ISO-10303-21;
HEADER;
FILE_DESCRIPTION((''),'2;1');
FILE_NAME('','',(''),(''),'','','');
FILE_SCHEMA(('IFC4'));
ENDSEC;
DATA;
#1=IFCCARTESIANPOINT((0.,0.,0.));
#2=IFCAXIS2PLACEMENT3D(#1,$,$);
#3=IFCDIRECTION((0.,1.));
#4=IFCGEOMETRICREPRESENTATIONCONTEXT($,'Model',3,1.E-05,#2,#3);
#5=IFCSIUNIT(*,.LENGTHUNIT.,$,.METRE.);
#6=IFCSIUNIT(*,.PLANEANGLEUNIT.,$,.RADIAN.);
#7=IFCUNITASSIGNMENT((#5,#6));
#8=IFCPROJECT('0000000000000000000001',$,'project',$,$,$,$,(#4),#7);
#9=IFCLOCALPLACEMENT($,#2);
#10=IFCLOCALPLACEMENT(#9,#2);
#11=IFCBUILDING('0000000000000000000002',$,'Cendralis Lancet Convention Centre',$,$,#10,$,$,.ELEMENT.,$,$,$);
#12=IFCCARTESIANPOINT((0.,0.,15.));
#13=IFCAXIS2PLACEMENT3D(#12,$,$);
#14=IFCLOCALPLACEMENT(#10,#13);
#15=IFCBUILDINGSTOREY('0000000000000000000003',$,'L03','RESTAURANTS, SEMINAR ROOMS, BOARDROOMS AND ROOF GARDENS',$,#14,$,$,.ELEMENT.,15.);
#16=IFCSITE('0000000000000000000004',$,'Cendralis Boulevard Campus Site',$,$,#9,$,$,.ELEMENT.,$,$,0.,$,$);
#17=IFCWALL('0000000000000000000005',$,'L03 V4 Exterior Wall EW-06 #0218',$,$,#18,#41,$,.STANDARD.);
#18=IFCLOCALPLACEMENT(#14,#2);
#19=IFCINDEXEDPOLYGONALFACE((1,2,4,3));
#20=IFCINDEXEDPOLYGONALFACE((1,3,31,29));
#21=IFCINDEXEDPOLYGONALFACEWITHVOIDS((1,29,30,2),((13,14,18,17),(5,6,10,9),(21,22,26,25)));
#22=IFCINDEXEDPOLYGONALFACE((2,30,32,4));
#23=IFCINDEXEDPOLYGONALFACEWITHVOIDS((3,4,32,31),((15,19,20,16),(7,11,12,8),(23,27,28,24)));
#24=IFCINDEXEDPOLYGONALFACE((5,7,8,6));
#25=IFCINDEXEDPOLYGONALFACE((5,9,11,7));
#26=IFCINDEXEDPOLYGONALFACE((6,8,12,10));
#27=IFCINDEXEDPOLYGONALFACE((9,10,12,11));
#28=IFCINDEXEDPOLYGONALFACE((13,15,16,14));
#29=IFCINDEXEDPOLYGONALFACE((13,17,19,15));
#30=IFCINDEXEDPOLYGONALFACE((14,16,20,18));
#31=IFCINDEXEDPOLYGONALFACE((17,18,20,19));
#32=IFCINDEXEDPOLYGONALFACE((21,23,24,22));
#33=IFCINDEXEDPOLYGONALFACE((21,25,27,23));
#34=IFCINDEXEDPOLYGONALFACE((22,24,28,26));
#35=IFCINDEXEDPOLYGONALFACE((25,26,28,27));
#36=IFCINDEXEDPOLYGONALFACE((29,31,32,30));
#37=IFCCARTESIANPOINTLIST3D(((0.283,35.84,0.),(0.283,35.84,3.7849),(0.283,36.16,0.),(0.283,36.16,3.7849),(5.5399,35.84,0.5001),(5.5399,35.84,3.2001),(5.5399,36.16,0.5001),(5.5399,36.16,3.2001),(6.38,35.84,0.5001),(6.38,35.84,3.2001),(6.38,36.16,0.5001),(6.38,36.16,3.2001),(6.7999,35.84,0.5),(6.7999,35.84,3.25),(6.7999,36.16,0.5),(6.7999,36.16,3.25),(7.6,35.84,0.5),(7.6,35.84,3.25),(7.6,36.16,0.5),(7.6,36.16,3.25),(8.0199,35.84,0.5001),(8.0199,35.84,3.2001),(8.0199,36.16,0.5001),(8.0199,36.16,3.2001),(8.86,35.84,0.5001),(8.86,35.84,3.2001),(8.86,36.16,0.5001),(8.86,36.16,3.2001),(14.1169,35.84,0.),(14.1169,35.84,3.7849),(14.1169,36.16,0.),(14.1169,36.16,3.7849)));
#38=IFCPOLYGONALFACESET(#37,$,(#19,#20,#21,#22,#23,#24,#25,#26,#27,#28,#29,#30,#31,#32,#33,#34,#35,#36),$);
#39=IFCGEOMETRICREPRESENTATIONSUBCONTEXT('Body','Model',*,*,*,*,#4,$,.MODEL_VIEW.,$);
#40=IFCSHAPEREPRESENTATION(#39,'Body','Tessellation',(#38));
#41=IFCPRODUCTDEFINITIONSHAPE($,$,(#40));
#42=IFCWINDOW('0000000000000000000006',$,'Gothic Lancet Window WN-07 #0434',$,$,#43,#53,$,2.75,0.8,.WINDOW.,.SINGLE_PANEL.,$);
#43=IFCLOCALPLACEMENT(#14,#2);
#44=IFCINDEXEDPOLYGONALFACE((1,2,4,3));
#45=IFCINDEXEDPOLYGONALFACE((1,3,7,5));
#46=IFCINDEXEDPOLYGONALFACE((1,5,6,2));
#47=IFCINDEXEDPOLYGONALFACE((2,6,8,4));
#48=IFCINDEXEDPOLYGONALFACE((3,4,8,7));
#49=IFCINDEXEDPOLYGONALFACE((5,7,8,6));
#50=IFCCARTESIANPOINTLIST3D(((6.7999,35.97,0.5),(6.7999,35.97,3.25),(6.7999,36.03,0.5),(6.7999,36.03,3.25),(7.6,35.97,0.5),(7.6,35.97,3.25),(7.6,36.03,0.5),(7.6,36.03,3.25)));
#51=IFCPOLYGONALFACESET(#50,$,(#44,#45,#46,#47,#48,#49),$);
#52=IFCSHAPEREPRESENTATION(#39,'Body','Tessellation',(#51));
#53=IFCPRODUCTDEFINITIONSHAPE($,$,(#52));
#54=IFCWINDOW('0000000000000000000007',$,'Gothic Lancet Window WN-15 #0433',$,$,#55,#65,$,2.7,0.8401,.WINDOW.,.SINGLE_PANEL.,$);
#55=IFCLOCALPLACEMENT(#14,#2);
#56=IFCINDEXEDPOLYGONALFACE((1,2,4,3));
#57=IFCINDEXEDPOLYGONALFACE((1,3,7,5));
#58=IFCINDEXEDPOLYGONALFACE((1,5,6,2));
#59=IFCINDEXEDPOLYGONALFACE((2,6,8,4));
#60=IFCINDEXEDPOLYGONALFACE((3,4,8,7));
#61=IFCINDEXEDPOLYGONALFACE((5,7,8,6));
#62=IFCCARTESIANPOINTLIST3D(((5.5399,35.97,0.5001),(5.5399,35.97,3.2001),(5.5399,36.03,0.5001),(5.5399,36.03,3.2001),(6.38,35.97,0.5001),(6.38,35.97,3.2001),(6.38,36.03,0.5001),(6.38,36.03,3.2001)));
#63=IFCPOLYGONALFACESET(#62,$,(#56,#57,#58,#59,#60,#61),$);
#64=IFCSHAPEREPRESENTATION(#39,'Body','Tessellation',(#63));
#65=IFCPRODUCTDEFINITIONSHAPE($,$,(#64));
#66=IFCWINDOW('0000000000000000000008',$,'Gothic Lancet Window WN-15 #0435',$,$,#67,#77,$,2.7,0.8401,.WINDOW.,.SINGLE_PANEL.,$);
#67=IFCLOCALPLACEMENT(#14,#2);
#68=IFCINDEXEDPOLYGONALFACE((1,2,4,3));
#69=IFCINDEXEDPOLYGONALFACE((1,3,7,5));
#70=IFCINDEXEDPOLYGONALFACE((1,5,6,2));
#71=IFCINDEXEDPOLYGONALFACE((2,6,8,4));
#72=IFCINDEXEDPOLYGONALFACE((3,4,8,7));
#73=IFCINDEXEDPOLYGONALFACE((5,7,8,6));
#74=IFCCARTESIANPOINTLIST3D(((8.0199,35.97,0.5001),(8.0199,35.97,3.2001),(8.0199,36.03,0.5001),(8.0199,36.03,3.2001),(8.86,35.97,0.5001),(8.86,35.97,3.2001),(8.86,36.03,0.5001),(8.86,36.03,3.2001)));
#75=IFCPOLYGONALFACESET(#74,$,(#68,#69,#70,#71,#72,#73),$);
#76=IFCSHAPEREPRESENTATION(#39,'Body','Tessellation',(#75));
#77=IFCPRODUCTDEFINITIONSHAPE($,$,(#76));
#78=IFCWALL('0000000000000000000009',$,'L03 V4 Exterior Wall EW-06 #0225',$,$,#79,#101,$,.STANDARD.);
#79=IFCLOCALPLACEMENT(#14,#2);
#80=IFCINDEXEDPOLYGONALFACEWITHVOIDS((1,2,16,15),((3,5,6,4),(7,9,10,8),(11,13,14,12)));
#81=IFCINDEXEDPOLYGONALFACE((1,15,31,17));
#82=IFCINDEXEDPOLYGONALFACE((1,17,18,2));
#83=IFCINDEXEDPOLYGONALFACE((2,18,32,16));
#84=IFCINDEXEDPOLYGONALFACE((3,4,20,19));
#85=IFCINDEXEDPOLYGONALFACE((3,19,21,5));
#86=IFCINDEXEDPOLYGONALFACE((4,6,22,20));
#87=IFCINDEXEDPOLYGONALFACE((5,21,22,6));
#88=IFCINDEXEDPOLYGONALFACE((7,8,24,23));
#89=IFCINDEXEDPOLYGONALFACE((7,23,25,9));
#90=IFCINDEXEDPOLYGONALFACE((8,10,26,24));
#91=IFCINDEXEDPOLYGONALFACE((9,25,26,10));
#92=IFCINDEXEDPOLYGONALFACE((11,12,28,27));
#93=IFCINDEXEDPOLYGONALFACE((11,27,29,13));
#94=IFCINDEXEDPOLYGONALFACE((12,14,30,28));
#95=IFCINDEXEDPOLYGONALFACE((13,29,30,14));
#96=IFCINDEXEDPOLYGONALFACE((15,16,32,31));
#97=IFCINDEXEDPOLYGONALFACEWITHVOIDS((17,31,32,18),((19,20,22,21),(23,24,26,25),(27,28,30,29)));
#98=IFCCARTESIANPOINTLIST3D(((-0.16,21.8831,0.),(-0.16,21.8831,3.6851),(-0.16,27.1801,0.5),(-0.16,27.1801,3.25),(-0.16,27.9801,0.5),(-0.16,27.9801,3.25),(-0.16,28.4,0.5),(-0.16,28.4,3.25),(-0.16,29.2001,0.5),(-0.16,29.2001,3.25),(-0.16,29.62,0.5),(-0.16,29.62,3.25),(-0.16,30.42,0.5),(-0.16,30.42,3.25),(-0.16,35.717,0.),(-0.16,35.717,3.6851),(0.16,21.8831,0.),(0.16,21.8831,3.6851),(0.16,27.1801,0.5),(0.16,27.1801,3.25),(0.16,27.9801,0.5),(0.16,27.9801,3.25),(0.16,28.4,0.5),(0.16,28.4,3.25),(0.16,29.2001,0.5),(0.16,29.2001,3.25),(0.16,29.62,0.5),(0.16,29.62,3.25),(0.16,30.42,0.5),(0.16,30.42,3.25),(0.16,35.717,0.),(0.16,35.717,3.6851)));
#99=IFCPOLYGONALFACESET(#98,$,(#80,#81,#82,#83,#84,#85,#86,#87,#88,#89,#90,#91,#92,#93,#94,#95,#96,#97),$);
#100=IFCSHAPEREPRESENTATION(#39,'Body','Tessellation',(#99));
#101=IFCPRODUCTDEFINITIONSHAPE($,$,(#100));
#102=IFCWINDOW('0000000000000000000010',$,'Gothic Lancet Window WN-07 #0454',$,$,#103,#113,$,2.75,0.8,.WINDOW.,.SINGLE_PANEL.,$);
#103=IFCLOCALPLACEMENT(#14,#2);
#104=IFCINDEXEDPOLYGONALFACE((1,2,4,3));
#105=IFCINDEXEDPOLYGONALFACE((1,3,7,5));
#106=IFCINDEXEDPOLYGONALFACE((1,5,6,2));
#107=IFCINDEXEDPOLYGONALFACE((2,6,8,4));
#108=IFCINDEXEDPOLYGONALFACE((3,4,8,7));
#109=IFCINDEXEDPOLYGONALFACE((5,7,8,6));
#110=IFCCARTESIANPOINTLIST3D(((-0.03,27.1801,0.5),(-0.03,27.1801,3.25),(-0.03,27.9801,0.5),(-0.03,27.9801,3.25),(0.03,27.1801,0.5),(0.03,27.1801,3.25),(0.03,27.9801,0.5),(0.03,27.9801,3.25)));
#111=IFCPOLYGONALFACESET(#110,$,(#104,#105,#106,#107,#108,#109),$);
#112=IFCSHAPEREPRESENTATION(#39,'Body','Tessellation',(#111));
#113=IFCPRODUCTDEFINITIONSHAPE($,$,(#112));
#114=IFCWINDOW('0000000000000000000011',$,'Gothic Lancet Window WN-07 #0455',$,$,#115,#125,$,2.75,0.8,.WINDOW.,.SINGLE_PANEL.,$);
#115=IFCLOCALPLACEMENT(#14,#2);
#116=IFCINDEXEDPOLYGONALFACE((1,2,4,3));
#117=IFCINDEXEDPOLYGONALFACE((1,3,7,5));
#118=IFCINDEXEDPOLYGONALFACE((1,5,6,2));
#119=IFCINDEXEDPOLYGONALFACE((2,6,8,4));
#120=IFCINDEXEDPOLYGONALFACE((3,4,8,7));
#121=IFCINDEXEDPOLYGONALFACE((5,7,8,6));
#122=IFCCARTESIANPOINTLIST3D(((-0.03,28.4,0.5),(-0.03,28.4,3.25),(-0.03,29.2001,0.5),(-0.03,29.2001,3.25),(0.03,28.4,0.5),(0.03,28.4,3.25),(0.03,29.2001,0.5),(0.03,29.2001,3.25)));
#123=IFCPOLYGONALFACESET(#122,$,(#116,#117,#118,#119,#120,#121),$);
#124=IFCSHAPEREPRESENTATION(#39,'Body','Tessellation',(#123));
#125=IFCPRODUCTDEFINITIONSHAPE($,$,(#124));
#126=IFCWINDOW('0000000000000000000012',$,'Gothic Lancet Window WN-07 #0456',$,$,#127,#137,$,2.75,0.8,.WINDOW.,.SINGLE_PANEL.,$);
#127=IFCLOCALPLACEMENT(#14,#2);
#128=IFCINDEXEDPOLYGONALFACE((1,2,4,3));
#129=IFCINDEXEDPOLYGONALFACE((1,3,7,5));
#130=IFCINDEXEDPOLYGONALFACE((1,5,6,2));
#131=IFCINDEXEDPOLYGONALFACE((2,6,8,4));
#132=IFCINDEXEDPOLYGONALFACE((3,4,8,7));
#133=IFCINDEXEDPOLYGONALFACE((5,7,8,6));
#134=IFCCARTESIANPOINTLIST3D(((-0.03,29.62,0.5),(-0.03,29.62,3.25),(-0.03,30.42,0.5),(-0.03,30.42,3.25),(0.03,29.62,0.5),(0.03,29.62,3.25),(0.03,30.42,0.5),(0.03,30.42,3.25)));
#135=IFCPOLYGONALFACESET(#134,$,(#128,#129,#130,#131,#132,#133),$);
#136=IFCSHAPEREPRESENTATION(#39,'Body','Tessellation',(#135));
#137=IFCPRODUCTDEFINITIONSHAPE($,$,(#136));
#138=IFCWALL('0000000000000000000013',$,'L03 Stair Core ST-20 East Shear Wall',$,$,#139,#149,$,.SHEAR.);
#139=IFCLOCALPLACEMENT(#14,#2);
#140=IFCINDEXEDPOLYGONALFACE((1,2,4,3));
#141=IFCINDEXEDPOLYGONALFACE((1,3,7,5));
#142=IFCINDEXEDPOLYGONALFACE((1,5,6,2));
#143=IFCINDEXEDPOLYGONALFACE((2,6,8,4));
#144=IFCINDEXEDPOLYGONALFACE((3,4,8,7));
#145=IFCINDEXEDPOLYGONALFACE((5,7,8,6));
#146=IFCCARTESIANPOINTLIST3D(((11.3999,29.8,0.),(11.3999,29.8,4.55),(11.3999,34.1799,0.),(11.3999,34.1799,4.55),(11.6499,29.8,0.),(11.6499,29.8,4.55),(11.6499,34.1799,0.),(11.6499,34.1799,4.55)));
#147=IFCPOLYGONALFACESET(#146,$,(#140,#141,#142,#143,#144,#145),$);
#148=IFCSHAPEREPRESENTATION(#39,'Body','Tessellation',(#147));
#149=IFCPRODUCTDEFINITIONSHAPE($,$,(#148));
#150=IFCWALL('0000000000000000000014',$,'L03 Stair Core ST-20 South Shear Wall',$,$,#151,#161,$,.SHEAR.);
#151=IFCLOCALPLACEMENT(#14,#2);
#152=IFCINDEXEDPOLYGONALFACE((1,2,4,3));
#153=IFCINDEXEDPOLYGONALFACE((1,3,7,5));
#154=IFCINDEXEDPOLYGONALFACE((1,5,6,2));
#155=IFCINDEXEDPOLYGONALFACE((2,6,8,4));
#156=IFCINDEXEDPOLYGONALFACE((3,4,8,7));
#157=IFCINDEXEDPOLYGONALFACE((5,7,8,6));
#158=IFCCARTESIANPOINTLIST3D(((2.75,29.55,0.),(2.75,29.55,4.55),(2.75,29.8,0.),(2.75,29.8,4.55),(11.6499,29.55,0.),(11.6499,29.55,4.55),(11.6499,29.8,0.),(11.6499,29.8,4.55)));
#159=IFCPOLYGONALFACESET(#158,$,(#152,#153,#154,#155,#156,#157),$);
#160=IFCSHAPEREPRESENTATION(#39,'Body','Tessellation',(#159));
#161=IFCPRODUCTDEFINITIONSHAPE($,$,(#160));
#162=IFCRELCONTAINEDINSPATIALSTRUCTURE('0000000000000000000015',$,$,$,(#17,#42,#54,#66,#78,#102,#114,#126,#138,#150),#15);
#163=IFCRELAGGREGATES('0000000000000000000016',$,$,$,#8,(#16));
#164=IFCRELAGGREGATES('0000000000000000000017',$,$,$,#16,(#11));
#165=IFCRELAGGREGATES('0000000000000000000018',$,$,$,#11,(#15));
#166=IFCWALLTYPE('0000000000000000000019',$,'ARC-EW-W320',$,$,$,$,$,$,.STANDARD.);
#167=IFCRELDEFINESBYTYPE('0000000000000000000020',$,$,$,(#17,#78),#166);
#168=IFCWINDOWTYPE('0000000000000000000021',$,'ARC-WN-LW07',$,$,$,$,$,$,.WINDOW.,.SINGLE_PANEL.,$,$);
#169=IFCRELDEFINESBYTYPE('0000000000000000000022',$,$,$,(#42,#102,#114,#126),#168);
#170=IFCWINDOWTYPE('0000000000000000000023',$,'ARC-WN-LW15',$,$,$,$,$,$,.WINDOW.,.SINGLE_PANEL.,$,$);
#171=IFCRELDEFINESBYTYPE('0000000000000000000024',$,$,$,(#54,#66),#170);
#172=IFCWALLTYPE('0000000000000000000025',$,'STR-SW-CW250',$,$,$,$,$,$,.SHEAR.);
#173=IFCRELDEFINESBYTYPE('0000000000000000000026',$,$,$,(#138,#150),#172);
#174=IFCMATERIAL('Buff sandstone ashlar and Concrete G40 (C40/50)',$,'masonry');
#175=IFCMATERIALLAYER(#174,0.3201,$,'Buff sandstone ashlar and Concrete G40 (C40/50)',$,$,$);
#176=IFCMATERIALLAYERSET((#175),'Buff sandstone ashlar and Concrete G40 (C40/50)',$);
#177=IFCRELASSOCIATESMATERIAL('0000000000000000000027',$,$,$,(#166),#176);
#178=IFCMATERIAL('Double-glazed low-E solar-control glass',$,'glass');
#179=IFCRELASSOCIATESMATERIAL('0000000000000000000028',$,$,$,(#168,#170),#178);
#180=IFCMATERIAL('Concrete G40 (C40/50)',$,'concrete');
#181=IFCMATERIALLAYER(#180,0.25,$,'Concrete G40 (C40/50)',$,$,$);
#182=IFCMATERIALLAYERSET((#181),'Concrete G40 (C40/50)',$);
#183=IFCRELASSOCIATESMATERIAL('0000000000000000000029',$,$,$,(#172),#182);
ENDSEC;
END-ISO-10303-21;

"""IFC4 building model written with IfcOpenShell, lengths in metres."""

from ifc_helpers import new_model, si_unit, direction, frame, frame_2d, origin, place, context, subcontext, project, spatial, rectangle, extrude, material, layer, layer_set, type_object, element, fill, save


model = new_model("IFC4")

# Units and contexts
model_context = context("Model", 3, precision=1e-05, world=origin(), true_north=direction((0.0, 1.0)))
body_context = subcontext(model_context, "Body", "Model", "MODEL_VIEW")
ifc_project = project(units=[si_unit("LENGTHUNIT", "METRE"), si_unit("PLANEANGLEUNIT", "RADIAN")], contexts=[model_context])

# Site, building, storey
site_placement = place(None, origin())
site = spatial("IfcSite", under=ifc_project, at=site_placement, Name="Cendralis Boulevard Campus Site", CompositionType="ELEMENT", RefElevation=0.0)
building_placement = place(site_placement, origin())
building = spatial("IfcBuilding", under=site, at=building_placement, Name="Cendralis Lancet Convention Centre", CompositionType="ELEMENT")
storey_placement = place(building_placement, frame((0.0, 0.0, 15.0)))
storey = spatial("IfcBuildingStorey", under=building, at=storey_placement, Name="L03", Description="RESTAURANTS, SEMINAR ROOMS, BOARDROOMS AND ROOF GARDENS", CompositionType="ELEMENT", Elevation=15.0)

# Shared definitions
ifc_material_1 = material(Name="Concrete G40 (C40/50)", Category="concrete")

# Walls, openings, windows
ifc_material_2 = material(Name="Buff sandstone ashlar and Concrete G40 (C40/50)", Category="masonry")
ifc_layer_1 = layer(ifc_material_2, 0.3201, Name="Buff sandstone ashlar and Concrete G40 (C40/50)")
ifc_layer_set_1 = layer_set([ifc_layer_1], Name="Buff sandstone ashlar and Concrete G40 (C40/50)")
wall_type_1 = type_object("IfcWallType", Name="ARC-EW-W320", PredefinedType="STANDARD", material=ifc_layer_set_1)
wall_1_placement = place(storey_placement, frame((0.283, 36.0, 0.0), z_axis=(0.0, 0.0, 1.0), x_axis=(1.0, 0.0, 0.0)))
wall_1 = element("IfcWall", 1, at=wall_1_placement, inside=storey, type_object=wall_type_1, Name="L03 V4 Exterior Wall EW-06 #0218", PredefinedType="STANDARD", context=body_context, shape_type="SweptSolid", body=[
    extrude(rectangle(XDim=13.834, YDim=0.3201, at=frame_2d((6.917, 0.0))), origin(), (0.0, 0.0, 1.0), 3.7849),
])
opening_1_placement = place(wall_1_placement, frame((5.2571, 0.0, 0.5)))
opening_1 = element("IfcOpeningElement", 2, at=opening_1_placement, cuts=wall_1, PredefinedType="OPENING", context=body_context, shape_type="SweptSolid", body=[
    extrude(rectangle(XDim=0.8401, YDim=2.7, at=frame_2d((0.4199, 1.3501))), frame((0.0, 0.1699, 0.0), z_axis=(0.0, -1.0, 0.0), x_axis=(1.0, 0.0, 0.0)), (0.0, 0.0, 1.0), 0.3401),
])
opening_2_placement = place(wall_1_placement, frame((6.5171, 0.0, 0.5)))
opening_2 = element("IfcOpeningElement", 3, at=opening_2_placement, cuts=wall_1, PredefinedType="OPENING", context=body_context, shape_type="SweptSolid", body=[
    extrude(rectangle(XDim=0.8, YDim=2.75, at=frame_2d((0.3999, 1.375))), frame((0.0, 0.1699, 0.0), z_axis=(0.0, -1.0, 0.0), x_axis=(1.0, 0.0, 0.0)), (0.0, 0.0, 1.0), 0.3401),
])
opening_3_placement = place(wall_1_placement, frame((7.7371, 0.0, 0.5)))
opening_3 = element("IfcOpeningElement", 4, at=opening_3_placement, cuts=wall_1, PredefinedType="OPENING", context=body_context, shape_type="SweptSolid", body=[
    extrude(rectangle(XDim=0.8401, YDim=2.7, at=frame_2d((0.4199, 1.3501))), frame((0.0, 0.1699, 0.0), z_axis=(0.0, -1.0, 0.0), x_axis=(1.0, 0.0, 0.0)), (0.0, 0.0, 1.0), 0.3401),
])
ifc_material_3 = material(Name="Double-glazed low-E solar-control glass", Category="glass")
window_type_1 = type_object("IfcWindowType", Name="ARC-WN-LW07", PartitioningType="SINGLE_PANEL", PredefinedType="WINDOW", material=ifc_material_3)
window_1_placement = place(opening_2_placement, origin())
window_1 = element("IfcWindow", 5, at=window_1_placement, inside=storey, type_object=window_type_1, Name="Gothic Lancet Window WN-07 #0434", OverallHeight=2.75, OverallWidth=0.8, PartitioningType="SINGLE_PANEL", PredefinedType="WINDOW", context=body_context, shape_type="SweptSolid", body=[
    extrude(rectangle(XDim=0.8, YDim=2.75, at=frame_2d((0.3999, 1.375))), frame((0.0, 0.03, 0.0), z_axis=(0.0, -1.0, 0.0), x_axis=(1.0, 0.0, 0.0)), (0.0, 0.0, 1.0), 0.0601),
])
fill(opening_2, window_1)
window_type_2 = type_object("IfcWindowType", Name="ARC-WN-LW15", PartitioningType="SINGLE_PANEL", PredefinedType="WINDOW", material=ifc_material_3)
window_2_placement = place(opening_1_placement, origin())
window_2 = element("IfcWindow", 6, at=window_2_placement, inside=storey, type_object=window_type_2, Name="Gothic Lancet Window WN-15 #0433", OverallHeight=2.7, OverallWidth=0.8401, PartitioningType="SINGLE_PANEL", PredefinedType="WINDOW", context=body_context, shape_type="SweptSolid", body=[
    extrude(rectangle(XDim=0.8401, YDim=2.7, at=frame_2d((0.4199, 1.3501))), frame((0.0, 0.03, 0.0), z_axis=(0.0, -1.0, 0.0), x_axis=(1.0, 0.0, 0.0)), (0.0, 0.0, 1.0), 0.0601),
])
fill(opening_1, window_2)
window_3_placement = place(opening_3_placement, origin())
window_3 = element("IfcWindow", 7, at=window_3_placement, inside=storey, type_object=window_type_2, Name="Gothic Lancet Window WN-15 #0435", OverallHeight=2.7, OverallWidth=0.8401, PartitioningType="SINGLE_PANEL", PredefinedType="WINDOW", context=body_context, shape_type="SweptSolid", body=[
    extrude(rectangle(XDim=0.8401, YDim=2.7, at=frame_2d((0.4199, 1.3501))), frame((0.0, 0.03, 0.0), z_axis=(0.0, -1.0, 0.0), x_axis=(1.0, 0.0, 0.0)), (0.0, 0.0, 1.0), 0.0601),
])
fill(opening_3, window_3)
wall_2_placement = place(storey_placement, frame((0.0, 21.8831, 0.0), z_axis=(0.0, 0.0, 1.0), x_axis=(0.0, 1.0, 0.0)))
wall_2 = element("IfcWall", 8, at=wall_2_placement, inside=storey, type_object=wall_type_1, Name="L03 V4 Exterior Wall EW-06 #0225", PredefinedType="STANDARD", context=body_context, shape_type="SweptSolid", body=[
    extrude(rectangle(XDim=13.834, YDim=0.3201, at=frame_2d((6.917, 0.0))), origin(), (0.0, 0.0, 1.0), 3.6851),
])
opening_4_placement = place(wall_2_placement, frame((5.2971, 0.0, 0.5)))
opening_4 = element("IfcOpeningElement", 9, at=opening_4_placement, cuts=wall_2, PredefinedType="OPENING", context=body_context, shape_type="SweptSolid", body=[
    extrude(rectangle(XDim=0.8, YDim=2.75, at=frame_2d((0.3999, 1.375))), frame((0.0, 0.1699, 0.0), z_axis=(0.0, -1.0, 0.0), x_axis=(1.0, 0.0, 0.0)), (0.0, 0.0, 1.0), 0.3401),
])
opening_5_placement = place(wall_2_placement, frame((6.5171, 0.0, 0.5)))
opening_5 = element("IfcOpeningElement", 10, at=opening_5_placement, cuts=wall_2, PredefinedType="OPENING", context=body_context, shape_type="SweptSolid", body=[
    extrude(rectangle(XDim=0.8, YDim=2.75, at=frame_2d((0.3999, 1.375))), frame((0.0, 0.1699, 0.0), z_axis=(0.0, -1.0, 0.0), x_axis=(1.0, 0.0, 0.0)), (0.0, 0.0, 1.0), 0.3401),
])
opening_6_placement = place(wall_2_placement, frame((7.7371, 0.0, 0.5)))
opening_6 = element("IfcOpeningElement", 11, at=opening_6_placement, cuts=wall_2, PredefinedType="OPENING", context=body_context, shape_type="SweptSolid", body=[
    extrude(rectangle(XDim=0.8, YDim=2.75, at=frame_2d((0.3999, 1.375))), frame((0.0, 0.1699, 0.0), z_axis=(0.0, -1.0, 0.0), x_axis=(1.0, 0.0, 0.0)), (0.0, 0.0, 1.0), 0.3401),
])
window_4_placement = place(opening_4_placement, origin())
window_4 = element("IfcWindow", 12, at=window_4_placement, inside=storey, type_object=window_type_1, Name="Gothic Lancet Window WN-07 #0454", OverallHeight=2.75, OverallWidth=0.8, PartitioningType="SINGLE_PANEL", PredefinedType="WINDOW", context=body_context, shape_type="SweptSolid", body=[
    extrude(rectangle(XDim=0.8, YDim=2.75, at=frame_2d((0.3999, 1.375))), frame((0.0, 0.03, 0.0), z_axis=(0.0, -1.0, 0.0), x_axis=(1.0, 0.0, 0.0)), (0.0, 0.0, 1.0), 0.0601),
])
fill(opening_4, window_4)
window_5_placement = place(opening_5_placement, origin())
window_5 = element("IfcWindow", 13, at=window_5_placement, inside=storey, type_object=window_type_1, Name="Gothic Lancet Window WN-07 #0455", OverallHeight=2.75, OverallWidth=0.8, PartitioningType="SINGLE_PANEL", PredefinedType="WINDOW", context=body_context, shape_type="SweptSolid", body=[
    extrude(rectangle(XDim=0.8, YDim=2.75, at=frame_2d((0.3999, 1.375))), frame((0.0, 0.03, 0.0), z_axis=(0.0, -1.0, 0.0), x_axis=(1.0, 0.0, 0.0)), (0.0, 0.0, 1.0), 0.0601),
])
fill(opening_5, window_5)
window_6_placement = place(opening_6_placement, origin())
window_6 = element("IfcWindow", 14, at=window_6_placement, inside=storey, type_object=window_type_1, Name="Gothic Lancet Window WN-07 #0456", OverallHeight=2.75, OverallWidth=0.8, PartitioningType="SINGLE_PANEL", PredefinedType="WINDOW", context=body_context, shape_type="SweptSolid", body=[
    extrude(rectangle(XDim=0.8, YDim=2.75, at=frame_2d((0.3999, 1.375))), frame((0.0, 0.03, 0.0), z_axis=(0.0, -1.0, 0.0), x_axis=(1.0, 0.0, 0.0)), (0.0, 0.0, 1.0), 0.0601),
])
fill(opening_6, window_6)

# Shared definitions
ifc_layer_2 = layer(ifc_material_1, 0.25, Name="Concrete G40 (C40/50)")
ifc_layer_set_2 = layer_set([ifc_layer_2], Name="Concrete G40 (C40/50)")
wall_type_2 = type_object("IfcWallType", Name="STR-SW-CW250", PredefinedType="SHEAR", material=ifc_layer_set_2)

# Walls
wall_3_placement = place(storey_placement, frame((11.5249, 29.8, 0.0), z_axis=(0.0, 0.0, 1.0), x_axis=(0.0, 1.0, 0.0)))
element("IfcWall", 15, at=wall_3_placement, inside=storey, type_object=wall_type_2, Name="L03 Stair Core ST-20 East Shear Wall", PredefinedType="SHEAR", context=body_context, shape_type="SweptSolid", body=[
    extrude(rectangle(XDim=4.3799, YDim=0.25, at=frame_2d((2.1899, 0.0))), origin(), (0.0, 0.0, 1.0), 4.55),
])
for number, where, z_axis, x_axis, name in (
    (16, (2.75, 29.675, 0.0), (0.0, 0.0, 1.0), (1.0, 0.0, 0.0), "L03 Stair Core ST-20 South Shear Wall"),
):
    element("IfcWall", number, at=place(storey_placement, frame(where, z_axis=z_axis, x_axis=x_axis)), inside=storey, type_object=wall_type_2, Name=name, PredefinedType="SHEAR", context=body_context, shape_type="SweptSolid", body=[
        extrude(rectangle(XDim=8.8999, YDim=0.25, at=frame_2d((4.45, 0.0))), origin(), (0.0, 0.0, 1.0), 4.55),
    ])

save(model, "model.ifc")
